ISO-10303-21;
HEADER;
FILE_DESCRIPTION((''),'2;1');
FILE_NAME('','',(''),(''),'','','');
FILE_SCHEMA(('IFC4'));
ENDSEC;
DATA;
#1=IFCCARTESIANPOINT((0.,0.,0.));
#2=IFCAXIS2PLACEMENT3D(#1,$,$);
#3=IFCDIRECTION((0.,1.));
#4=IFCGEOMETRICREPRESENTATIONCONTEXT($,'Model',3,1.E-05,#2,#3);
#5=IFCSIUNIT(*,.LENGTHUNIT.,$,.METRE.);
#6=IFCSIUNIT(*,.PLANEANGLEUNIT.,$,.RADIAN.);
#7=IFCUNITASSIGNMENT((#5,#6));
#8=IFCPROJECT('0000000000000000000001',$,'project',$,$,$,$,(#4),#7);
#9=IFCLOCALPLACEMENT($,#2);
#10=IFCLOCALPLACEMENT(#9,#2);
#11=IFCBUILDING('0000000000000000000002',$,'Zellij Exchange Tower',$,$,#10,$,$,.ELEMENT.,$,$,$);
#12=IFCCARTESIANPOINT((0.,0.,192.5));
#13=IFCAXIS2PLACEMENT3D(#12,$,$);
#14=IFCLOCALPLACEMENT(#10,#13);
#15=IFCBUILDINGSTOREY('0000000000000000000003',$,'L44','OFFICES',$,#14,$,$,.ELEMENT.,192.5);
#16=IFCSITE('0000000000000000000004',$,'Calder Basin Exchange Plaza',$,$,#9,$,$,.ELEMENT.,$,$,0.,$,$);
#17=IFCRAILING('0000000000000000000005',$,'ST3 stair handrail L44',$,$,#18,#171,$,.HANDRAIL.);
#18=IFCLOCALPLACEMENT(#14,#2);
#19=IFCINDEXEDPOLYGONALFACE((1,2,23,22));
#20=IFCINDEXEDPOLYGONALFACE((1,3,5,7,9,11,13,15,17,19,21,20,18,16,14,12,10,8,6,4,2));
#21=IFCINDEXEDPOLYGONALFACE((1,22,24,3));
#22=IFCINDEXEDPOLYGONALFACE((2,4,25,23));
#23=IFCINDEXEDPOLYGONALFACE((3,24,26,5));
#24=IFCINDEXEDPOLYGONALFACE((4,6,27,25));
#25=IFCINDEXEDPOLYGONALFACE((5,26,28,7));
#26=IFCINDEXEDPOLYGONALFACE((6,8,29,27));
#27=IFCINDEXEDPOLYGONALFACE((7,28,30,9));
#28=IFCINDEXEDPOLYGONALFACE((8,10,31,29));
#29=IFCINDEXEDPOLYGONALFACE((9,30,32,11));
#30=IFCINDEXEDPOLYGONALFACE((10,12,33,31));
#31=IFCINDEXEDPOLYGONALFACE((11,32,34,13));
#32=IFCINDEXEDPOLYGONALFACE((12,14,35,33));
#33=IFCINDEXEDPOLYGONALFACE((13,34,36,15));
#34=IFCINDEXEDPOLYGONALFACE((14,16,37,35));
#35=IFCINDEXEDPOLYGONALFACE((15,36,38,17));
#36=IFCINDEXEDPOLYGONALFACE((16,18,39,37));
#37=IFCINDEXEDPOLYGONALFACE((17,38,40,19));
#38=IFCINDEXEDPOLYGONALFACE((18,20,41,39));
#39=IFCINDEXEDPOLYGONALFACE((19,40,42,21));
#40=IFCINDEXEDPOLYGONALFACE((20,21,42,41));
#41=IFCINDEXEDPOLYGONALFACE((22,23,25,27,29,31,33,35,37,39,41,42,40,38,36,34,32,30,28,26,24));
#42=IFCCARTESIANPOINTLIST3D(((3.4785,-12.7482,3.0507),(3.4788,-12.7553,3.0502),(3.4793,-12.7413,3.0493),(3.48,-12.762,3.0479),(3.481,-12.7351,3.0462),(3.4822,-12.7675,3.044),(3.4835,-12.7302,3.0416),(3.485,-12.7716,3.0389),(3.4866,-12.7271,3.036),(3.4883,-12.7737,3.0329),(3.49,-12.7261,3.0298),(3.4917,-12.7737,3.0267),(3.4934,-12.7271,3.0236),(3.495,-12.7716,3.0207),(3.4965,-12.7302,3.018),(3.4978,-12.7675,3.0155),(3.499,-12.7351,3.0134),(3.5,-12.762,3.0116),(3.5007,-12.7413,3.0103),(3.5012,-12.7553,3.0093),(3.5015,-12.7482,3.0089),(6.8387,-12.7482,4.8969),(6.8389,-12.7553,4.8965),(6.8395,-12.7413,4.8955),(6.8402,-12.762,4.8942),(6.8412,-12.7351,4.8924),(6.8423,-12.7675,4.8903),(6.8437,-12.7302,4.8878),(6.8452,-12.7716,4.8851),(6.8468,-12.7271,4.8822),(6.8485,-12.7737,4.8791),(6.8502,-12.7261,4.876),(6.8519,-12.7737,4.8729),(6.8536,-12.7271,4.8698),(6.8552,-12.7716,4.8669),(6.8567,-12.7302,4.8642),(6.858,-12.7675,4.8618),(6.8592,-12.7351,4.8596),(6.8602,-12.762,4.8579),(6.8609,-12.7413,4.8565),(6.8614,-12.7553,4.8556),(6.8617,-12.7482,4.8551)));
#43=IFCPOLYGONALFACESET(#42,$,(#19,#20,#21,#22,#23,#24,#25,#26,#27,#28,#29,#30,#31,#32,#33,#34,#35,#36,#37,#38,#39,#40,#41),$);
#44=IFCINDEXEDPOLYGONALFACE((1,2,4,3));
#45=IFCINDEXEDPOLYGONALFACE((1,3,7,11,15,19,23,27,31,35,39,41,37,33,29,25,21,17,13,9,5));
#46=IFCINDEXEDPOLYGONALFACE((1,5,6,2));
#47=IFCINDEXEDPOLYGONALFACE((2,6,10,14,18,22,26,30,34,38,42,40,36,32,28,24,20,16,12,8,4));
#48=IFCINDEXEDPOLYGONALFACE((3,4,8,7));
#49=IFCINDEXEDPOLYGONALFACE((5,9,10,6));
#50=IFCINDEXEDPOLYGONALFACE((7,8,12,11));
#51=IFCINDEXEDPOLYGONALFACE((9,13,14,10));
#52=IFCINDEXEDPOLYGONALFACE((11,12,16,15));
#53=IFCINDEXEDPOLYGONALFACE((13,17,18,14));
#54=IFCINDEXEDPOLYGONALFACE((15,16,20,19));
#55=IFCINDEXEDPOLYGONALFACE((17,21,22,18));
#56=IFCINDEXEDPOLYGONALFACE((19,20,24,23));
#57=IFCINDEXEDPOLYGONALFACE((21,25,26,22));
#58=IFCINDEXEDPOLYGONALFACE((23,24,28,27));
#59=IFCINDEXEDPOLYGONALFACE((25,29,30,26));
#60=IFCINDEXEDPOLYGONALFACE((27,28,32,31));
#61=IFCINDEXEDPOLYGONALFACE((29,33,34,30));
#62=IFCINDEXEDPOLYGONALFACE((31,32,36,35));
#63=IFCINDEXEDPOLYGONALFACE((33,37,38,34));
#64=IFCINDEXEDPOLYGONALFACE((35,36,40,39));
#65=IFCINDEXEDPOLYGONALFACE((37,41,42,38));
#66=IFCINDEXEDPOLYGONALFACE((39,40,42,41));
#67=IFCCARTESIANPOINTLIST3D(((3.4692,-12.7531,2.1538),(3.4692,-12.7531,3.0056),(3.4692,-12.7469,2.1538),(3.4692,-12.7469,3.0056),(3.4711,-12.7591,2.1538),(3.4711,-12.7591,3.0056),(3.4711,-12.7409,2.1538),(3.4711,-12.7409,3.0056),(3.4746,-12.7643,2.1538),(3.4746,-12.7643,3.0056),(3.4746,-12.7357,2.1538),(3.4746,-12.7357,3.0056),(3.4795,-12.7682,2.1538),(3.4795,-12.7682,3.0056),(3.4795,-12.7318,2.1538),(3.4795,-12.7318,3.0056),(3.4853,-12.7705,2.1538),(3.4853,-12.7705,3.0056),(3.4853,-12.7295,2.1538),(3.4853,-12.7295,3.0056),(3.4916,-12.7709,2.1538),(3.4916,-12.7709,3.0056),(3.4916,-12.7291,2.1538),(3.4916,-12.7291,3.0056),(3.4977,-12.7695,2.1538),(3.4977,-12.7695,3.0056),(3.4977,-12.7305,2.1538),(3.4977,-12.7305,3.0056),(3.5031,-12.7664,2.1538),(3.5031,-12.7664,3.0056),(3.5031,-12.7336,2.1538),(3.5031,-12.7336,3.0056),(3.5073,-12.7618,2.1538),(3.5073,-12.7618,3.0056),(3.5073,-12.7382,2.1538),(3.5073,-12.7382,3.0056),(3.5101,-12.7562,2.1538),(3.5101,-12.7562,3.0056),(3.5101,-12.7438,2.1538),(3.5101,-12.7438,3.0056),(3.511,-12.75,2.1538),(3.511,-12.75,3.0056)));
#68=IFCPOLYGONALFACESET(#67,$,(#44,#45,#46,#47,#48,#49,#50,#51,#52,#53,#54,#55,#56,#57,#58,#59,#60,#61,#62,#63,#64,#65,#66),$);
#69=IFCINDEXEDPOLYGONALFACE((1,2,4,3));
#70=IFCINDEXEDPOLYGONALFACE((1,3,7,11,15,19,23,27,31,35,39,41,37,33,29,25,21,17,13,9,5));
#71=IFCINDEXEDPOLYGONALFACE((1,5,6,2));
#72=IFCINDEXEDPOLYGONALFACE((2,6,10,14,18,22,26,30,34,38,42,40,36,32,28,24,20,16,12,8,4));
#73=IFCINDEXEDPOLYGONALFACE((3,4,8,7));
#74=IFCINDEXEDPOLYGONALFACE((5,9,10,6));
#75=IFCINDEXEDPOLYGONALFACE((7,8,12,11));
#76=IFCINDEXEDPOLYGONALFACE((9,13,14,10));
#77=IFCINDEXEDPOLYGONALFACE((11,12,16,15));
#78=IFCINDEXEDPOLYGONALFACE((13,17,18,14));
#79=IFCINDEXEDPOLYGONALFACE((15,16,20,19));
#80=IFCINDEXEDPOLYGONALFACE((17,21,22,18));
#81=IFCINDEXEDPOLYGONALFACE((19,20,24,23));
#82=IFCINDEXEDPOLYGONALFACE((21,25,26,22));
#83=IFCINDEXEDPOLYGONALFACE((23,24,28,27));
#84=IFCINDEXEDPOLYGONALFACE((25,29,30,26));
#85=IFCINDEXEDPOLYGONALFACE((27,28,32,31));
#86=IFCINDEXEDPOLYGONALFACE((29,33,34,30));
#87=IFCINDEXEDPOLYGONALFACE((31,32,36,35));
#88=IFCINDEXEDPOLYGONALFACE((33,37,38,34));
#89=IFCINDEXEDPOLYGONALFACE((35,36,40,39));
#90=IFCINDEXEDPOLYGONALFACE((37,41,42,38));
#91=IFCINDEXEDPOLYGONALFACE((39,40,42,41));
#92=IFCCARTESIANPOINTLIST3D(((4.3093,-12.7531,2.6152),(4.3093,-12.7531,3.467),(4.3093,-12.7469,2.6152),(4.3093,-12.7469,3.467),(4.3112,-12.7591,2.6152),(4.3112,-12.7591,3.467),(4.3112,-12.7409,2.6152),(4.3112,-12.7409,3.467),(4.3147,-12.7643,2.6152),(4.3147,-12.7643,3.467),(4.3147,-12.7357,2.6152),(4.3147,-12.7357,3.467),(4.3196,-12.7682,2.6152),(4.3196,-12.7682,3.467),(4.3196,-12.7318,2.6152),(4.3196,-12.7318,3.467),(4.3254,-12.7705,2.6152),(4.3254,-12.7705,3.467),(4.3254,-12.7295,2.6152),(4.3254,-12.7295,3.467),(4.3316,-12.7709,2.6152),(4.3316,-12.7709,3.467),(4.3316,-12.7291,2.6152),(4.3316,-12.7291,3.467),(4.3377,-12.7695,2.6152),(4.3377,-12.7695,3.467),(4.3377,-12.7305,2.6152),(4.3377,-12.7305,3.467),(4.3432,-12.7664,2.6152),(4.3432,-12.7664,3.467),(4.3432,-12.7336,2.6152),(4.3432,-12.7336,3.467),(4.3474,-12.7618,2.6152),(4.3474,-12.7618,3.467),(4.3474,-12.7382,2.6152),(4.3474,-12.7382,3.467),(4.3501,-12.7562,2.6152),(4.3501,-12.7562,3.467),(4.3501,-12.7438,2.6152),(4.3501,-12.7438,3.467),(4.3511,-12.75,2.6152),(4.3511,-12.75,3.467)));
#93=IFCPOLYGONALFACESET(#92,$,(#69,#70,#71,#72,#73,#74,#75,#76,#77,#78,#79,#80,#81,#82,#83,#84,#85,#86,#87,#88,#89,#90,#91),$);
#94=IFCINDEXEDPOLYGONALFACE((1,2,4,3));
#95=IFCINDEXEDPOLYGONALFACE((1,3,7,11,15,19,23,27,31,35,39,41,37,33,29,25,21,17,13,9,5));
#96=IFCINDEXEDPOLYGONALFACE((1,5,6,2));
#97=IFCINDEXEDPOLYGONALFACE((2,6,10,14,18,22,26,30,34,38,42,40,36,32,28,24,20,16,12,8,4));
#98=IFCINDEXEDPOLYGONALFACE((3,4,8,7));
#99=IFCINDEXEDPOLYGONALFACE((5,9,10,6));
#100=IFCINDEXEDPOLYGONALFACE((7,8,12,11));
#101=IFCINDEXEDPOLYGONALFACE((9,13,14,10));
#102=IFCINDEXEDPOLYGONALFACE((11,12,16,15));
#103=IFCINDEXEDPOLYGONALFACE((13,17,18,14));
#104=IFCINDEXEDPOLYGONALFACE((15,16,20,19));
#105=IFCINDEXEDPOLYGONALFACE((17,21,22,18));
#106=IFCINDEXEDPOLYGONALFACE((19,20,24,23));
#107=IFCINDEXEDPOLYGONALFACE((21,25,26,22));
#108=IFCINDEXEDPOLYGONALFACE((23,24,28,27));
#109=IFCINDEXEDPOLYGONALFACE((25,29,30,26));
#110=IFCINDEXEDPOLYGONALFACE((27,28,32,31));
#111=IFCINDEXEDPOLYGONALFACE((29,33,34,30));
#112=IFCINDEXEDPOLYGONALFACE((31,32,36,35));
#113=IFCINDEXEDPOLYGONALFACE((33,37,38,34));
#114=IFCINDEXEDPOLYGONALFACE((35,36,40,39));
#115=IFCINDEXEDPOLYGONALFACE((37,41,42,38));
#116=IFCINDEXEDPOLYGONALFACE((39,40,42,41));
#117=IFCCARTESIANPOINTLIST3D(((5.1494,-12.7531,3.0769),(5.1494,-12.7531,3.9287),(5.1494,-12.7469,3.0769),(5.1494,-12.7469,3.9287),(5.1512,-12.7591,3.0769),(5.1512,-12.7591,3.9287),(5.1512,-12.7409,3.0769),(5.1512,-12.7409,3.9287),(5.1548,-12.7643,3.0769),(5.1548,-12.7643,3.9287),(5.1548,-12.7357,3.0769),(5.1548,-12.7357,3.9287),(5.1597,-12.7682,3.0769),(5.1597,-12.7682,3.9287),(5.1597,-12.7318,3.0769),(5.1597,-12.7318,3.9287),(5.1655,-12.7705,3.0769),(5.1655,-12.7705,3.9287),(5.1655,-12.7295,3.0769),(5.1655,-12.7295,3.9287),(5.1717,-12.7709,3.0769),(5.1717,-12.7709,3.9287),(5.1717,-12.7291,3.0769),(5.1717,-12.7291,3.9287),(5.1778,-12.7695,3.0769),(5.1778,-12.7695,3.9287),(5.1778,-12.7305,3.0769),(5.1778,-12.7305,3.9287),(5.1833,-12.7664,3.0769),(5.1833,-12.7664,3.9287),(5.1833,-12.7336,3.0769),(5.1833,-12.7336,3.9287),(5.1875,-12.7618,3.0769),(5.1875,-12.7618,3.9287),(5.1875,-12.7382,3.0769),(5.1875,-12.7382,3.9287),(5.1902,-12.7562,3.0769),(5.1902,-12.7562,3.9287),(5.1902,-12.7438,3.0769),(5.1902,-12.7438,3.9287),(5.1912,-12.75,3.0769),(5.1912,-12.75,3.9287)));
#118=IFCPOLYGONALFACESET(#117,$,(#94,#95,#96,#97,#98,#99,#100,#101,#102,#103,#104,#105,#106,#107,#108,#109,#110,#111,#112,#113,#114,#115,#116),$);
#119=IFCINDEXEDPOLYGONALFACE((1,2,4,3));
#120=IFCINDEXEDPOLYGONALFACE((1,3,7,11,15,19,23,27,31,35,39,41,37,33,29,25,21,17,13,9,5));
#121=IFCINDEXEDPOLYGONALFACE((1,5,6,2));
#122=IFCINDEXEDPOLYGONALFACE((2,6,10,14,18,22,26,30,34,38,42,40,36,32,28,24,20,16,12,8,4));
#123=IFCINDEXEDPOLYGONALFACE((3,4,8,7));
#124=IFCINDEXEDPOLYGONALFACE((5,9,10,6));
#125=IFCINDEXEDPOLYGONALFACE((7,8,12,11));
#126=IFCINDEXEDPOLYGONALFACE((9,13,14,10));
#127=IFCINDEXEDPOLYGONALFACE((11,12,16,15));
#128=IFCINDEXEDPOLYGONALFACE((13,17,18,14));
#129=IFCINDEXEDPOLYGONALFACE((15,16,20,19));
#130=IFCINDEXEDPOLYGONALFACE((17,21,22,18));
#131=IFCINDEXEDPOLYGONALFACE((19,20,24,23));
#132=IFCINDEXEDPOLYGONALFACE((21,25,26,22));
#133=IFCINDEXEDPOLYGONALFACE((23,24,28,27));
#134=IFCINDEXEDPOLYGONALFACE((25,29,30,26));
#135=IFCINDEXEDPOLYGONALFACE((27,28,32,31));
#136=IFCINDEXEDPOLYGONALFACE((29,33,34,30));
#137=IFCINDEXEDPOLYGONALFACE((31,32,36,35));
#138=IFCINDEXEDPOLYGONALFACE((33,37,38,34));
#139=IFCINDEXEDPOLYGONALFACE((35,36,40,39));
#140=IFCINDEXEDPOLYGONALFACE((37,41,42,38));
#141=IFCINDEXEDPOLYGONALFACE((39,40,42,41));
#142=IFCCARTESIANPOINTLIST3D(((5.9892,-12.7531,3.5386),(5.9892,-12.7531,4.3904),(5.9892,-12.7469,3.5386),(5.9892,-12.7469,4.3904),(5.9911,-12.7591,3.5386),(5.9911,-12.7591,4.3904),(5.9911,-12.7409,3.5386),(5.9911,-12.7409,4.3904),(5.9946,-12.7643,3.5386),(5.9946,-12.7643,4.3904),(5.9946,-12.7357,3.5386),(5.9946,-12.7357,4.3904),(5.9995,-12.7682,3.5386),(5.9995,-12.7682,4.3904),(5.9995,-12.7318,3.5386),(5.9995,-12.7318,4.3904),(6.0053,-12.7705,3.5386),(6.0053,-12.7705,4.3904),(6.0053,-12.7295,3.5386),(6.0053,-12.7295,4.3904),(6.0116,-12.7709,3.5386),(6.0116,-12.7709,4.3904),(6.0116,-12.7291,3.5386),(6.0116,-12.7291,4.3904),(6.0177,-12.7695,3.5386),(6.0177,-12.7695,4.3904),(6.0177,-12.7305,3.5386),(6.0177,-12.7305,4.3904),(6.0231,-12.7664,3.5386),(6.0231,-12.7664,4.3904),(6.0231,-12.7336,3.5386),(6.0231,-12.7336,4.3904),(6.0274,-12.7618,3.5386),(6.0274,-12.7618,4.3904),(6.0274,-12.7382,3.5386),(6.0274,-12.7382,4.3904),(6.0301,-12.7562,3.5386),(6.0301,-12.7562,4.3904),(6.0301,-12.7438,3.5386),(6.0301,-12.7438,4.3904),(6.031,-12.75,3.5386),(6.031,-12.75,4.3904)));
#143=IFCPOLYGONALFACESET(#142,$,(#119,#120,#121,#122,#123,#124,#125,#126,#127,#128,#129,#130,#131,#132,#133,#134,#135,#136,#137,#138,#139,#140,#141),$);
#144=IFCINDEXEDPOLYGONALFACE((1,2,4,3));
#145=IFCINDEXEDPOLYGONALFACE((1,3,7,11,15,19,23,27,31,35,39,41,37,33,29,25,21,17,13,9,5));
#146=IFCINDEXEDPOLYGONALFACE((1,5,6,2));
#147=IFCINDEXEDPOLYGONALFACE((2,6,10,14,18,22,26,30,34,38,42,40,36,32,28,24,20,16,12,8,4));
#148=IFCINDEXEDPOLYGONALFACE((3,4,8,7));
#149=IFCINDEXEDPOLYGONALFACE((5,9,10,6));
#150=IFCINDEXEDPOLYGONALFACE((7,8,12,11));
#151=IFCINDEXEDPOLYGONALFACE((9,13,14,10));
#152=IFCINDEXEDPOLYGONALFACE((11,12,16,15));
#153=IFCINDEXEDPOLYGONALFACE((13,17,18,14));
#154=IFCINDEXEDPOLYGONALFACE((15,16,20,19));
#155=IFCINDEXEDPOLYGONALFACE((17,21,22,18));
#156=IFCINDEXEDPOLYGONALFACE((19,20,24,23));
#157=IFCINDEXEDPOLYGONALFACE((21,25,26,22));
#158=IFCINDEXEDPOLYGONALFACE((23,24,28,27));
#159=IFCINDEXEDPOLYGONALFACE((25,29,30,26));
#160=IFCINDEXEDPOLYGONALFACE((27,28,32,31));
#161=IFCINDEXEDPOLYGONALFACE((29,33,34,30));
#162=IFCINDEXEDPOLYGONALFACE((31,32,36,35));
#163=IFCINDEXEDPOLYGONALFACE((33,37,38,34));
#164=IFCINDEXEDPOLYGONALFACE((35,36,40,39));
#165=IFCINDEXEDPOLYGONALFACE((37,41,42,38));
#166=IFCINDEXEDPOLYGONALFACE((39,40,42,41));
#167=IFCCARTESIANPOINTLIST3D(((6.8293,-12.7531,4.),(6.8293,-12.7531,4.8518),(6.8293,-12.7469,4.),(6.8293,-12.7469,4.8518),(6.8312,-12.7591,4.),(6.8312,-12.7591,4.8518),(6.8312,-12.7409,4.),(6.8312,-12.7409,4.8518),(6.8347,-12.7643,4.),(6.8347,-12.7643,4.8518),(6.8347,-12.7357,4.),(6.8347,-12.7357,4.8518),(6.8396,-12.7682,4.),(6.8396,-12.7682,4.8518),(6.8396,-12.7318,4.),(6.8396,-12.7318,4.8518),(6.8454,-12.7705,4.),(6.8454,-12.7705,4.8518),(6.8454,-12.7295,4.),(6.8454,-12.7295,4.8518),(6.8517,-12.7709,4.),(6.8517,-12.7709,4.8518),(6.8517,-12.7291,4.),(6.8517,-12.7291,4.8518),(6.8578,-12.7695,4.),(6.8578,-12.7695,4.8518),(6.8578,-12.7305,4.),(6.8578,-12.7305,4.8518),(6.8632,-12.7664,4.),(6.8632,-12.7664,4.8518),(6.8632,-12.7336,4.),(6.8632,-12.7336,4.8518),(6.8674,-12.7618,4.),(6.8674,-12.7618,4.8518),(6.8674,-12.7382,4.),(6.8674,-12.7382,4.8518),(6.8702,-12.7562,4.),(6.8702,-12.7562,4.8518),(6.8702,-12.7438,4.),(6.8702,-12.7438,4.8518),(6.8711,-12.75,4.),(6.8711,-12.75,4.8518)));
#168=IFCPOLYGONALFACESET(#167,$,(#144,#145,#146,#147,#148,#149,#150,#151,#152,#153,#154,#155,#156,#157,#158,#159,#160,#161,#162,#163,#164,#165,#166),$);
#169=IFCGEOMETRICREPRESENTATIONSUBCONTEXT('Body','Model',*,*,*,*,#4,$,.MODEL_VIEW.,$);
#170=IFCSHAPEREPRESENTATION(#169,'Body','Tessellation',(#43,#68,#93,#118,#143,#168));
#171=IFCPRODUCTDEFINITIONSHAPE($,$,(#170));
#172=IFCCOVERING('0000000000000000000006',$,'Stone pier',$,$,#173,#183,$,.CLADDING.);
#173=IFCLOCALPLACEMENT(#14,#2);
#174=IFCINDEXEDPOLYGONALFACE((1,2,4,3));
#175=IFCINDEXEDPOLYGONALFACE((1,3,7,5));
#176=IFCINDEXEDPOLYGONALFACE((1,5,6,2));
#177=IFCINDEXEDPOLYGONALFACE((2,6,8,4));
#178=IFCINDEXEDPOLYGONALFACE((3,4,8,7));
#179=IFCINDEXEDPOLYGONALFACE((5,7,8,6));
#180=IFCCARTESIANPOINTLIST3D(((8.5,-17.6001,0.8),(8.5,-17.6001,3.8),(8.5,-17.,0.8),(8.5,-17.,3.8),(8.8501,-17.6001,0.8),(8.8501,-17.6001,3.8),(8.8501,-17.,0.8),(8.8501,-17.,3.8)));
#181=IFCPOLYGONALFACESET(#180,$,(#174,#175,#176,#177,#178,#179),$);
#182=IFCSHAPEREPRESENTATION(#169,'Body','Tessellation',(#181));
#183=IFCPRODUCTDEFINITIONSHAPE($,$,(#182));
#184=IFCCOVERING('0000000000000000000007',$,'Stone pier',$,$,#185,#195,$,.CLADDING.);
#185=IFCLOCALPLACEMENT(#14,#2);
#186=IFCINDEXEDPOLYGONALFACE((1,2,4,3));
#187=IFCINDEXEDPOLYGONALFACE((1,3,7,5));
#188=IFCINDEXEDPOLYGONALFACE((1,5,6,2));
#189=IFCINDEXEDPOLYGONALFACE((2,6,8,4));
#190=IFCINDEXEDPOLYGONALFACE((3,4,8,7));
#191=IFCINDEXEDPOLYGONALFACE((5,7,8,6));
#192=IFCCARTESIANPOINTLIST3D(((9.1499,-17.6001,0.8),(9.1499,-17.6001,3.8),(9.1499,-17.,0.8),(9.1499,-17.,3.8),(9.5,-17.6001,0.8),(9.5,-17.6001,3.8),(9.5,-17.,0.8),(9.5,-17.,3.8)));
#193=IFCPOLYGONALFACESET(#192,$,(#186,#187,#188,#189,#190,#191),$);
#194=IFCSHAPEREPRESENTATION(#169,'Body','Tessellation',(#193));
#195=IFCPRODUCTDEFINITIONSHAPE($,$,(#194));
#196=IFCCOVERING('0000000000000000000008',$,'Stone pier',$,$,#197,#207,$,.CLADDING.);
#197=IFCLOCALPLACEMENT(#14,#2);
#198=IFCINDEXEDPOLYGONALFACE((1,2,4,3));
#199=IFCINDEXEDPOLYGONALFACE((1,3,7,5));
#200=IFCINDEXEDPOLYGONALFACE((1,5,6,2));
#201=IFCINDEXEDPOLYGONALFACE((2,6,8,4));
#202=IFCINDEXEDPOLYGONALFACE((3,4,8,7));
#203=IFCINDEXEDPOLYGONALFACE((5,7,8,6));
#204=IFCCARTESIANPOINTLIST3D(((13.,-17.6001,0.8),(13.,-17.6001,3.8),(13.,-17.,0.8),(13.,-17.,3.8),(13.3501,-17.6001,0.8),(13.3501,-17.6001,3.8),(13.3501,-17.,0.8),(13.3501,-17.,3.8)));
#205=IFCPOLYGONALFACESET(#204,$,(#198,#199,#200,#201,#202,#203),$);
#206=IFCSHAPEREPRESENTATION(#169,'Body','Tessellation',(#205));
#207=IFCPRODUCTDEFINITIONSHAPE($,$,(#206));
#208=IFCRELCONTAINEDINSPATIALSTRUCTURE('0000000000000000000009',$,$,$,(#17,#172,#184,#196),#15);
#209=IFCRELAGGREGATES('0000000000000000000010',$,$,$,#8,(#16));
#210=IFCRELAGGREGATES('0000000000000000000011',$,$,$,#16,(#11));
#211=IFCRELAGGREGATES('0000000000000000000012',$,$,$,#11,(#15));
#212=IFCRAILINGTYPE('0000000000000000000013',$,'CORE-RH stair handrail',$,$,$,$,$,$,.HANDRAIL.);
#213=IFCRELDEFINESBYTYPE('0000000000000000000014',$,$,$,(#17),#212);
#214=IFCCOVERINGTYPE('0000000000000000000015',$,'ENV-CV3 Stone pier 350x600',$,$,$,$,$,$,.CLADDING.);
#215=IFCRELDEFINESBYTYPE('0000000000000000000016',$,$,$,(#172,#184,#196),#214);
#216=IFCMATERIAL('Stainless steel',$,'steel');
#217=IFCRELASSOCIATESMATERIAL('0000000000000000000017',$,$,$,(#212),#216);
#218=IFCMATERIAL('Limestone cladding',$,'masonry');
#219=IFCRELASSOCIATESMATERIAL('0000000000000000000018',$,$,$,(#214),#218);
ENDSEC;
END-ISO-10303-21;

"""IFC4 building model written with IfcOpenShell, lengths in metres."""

from ifc_helpers import new_model, si_unit, direction, frame, origin, origin_2d, place, context, subcontext, project, spatial, polyline, circle, outline, extrude, material, type_object, element, save


model = new_model("IFC4")

# Units and contexts
model_context = context("Model", 3, precision=1e-05, world=origin(), true_north=direction((0.0, 1.0)))
body_context = subcontext(model_context, "Body", "Model", "MODEL_VIEW")
ifc_project = project(units=[si_unit("LENGTHUNIT", "METRE"), si_unit("PLANEANGLEUNIT", "RADIAN")], contexts=[model_context])

# Site, building, storey
site_placement = place(None, origin())
site = spatial("IfcSite", under=ifc_project, at=site_placement, Name="Calder Basin Exchange Plaza", CompositionType="ELEMENT", RefElevation=0.0)
building_placement = place(site_placement, origin())
building = spatial("IfcBuilding", under=site, at=building_placement, Name="Zellij Exchange Tower", CompositionType="ELEMENT")
storey_placement = place(building_placement, frame((0.0, 0.0, 192.5)))
storey = spatial("IfcBuildingStorey", under=building, at=storey_placement, Name="L44", Description="OFFICES", CompositionType="ELEMENT", Elevation=192.5)

# Railing
ifc_material_1 = material(Name="Stainless steel", Category="steel")
railing_type_1 = type_object("IfcRailingType", Name="CORE-RH stair handrail", PredefinedType="HANDRAIL", material=ifc_material_1)
railing_1_placement = place(storey_placement, frame((3.49, -12.75, 2.1538)))
element("IfcRailing", 1, at=railing_1_placement, inside=storey, type_object=railing_type_1, Name="ST3 stair handrail L44", PredefinedType="HANDRAIL", context=body_context, shape_type="SweptSolid", body=[
    extrude(circle(Radius=0.0239, at=origin_2d()), frame((0.0, 0.0, 0.876), z_axis=(0.876422, 0.0, 0.481545), x_axis=(0.0, 1.0, 0.0)), (0.0, 0.0, 1.0), 3.834),
    extrude(circle(Radius=0.021, at=origin_2d()), origin(), (0.0, 0.0, 1.0), 0.8518),
    extrude(circle(Radius=0.021, at=origin_2d()), frame((0.8401, 0.0, 0.4614)), (0.0, 0.0, 1.0), 0.8518),
    extrude(circle(Radius=0.021, at=origin_2d()), frame((1.6802, 0.0, 0.9231)), (0.0, 0.0, 1.0), 0.8518),
    extrude(circle(Radius=0.021, at=origin_2d()), frame((2.52, 0.0, 1.3848)), (0.0, 0.0, 1.0), 0.8518),
    extrude(circle(Radius=0.021, at=origin_2d()), frame((3.3601, 0.0, 1.8462)), (0.0, 0.0, 1.0), 0.8518),
])

# Coverings
ifc_material_2 = material(Name="Limestone cladding", Category="masonry")
covering_type = type_object("IfcCoveringType", Name="ENV-CV3 Stone pier 350x600", PredefinedType="CLADDING", material=ifc_material_2)
covering_1_placement = place(storey_placement, frame((0.0, 0.0, 0.8)))
element("IfcCovering", 2, at=covering_1_placement, inside=storey, type_object=covering_type, Name="Stone pier", PredefinedType="CLADDING", context=body_context, shape_type="SweptSolid", body=[
    extrude(outline(polyline([(8.5, -17.0), (8.8501, -17.0), (8.8501, -17.6001), (8.5, -17.6001), (8.5, -17.0)])), origin(), (0.0, 0.0, 1.0), 3.0),
])
covering_2_placement = place(storey_placement, frame((0.0, 0.0, 0.8)))
element("IfcCovering", 3, at=covering_2_placement, inside=storey, type_object=covering_type, Name="Stone pier", PredefinedType="CLADDING", context=body_context, shape_type="SweptSolid", body=[
    extrude(outline(polyline([(9.1499, -17.0), (9.5, -17.0), (9.5, -17.6001), (9.1499, -17.6001), (9.1499, -17.0)])), origin(), (0.0, 0.0, 1.0), 3.0),
])
covering_3_placement = place(storey_placement, frame((0.0, 0.0, 0.8)))
element("IfcCovering", 4, at=covering_3_placement, inside=storey, type_object=covering_type, Name="Stone pier", PredefinedType="CLADDING", context=body_context, shape_type="SweptSolid", body=[
    extrude(outline(polyline([(13.0, -17.0), (13.3501, -17.0), (13.3501, -17.6001), (13.0, -17.6001), (13.0, -17.0)])), origin(), (0.0, 0.0, 1.0), 3.0),
])

save(model, "model.ifc")
